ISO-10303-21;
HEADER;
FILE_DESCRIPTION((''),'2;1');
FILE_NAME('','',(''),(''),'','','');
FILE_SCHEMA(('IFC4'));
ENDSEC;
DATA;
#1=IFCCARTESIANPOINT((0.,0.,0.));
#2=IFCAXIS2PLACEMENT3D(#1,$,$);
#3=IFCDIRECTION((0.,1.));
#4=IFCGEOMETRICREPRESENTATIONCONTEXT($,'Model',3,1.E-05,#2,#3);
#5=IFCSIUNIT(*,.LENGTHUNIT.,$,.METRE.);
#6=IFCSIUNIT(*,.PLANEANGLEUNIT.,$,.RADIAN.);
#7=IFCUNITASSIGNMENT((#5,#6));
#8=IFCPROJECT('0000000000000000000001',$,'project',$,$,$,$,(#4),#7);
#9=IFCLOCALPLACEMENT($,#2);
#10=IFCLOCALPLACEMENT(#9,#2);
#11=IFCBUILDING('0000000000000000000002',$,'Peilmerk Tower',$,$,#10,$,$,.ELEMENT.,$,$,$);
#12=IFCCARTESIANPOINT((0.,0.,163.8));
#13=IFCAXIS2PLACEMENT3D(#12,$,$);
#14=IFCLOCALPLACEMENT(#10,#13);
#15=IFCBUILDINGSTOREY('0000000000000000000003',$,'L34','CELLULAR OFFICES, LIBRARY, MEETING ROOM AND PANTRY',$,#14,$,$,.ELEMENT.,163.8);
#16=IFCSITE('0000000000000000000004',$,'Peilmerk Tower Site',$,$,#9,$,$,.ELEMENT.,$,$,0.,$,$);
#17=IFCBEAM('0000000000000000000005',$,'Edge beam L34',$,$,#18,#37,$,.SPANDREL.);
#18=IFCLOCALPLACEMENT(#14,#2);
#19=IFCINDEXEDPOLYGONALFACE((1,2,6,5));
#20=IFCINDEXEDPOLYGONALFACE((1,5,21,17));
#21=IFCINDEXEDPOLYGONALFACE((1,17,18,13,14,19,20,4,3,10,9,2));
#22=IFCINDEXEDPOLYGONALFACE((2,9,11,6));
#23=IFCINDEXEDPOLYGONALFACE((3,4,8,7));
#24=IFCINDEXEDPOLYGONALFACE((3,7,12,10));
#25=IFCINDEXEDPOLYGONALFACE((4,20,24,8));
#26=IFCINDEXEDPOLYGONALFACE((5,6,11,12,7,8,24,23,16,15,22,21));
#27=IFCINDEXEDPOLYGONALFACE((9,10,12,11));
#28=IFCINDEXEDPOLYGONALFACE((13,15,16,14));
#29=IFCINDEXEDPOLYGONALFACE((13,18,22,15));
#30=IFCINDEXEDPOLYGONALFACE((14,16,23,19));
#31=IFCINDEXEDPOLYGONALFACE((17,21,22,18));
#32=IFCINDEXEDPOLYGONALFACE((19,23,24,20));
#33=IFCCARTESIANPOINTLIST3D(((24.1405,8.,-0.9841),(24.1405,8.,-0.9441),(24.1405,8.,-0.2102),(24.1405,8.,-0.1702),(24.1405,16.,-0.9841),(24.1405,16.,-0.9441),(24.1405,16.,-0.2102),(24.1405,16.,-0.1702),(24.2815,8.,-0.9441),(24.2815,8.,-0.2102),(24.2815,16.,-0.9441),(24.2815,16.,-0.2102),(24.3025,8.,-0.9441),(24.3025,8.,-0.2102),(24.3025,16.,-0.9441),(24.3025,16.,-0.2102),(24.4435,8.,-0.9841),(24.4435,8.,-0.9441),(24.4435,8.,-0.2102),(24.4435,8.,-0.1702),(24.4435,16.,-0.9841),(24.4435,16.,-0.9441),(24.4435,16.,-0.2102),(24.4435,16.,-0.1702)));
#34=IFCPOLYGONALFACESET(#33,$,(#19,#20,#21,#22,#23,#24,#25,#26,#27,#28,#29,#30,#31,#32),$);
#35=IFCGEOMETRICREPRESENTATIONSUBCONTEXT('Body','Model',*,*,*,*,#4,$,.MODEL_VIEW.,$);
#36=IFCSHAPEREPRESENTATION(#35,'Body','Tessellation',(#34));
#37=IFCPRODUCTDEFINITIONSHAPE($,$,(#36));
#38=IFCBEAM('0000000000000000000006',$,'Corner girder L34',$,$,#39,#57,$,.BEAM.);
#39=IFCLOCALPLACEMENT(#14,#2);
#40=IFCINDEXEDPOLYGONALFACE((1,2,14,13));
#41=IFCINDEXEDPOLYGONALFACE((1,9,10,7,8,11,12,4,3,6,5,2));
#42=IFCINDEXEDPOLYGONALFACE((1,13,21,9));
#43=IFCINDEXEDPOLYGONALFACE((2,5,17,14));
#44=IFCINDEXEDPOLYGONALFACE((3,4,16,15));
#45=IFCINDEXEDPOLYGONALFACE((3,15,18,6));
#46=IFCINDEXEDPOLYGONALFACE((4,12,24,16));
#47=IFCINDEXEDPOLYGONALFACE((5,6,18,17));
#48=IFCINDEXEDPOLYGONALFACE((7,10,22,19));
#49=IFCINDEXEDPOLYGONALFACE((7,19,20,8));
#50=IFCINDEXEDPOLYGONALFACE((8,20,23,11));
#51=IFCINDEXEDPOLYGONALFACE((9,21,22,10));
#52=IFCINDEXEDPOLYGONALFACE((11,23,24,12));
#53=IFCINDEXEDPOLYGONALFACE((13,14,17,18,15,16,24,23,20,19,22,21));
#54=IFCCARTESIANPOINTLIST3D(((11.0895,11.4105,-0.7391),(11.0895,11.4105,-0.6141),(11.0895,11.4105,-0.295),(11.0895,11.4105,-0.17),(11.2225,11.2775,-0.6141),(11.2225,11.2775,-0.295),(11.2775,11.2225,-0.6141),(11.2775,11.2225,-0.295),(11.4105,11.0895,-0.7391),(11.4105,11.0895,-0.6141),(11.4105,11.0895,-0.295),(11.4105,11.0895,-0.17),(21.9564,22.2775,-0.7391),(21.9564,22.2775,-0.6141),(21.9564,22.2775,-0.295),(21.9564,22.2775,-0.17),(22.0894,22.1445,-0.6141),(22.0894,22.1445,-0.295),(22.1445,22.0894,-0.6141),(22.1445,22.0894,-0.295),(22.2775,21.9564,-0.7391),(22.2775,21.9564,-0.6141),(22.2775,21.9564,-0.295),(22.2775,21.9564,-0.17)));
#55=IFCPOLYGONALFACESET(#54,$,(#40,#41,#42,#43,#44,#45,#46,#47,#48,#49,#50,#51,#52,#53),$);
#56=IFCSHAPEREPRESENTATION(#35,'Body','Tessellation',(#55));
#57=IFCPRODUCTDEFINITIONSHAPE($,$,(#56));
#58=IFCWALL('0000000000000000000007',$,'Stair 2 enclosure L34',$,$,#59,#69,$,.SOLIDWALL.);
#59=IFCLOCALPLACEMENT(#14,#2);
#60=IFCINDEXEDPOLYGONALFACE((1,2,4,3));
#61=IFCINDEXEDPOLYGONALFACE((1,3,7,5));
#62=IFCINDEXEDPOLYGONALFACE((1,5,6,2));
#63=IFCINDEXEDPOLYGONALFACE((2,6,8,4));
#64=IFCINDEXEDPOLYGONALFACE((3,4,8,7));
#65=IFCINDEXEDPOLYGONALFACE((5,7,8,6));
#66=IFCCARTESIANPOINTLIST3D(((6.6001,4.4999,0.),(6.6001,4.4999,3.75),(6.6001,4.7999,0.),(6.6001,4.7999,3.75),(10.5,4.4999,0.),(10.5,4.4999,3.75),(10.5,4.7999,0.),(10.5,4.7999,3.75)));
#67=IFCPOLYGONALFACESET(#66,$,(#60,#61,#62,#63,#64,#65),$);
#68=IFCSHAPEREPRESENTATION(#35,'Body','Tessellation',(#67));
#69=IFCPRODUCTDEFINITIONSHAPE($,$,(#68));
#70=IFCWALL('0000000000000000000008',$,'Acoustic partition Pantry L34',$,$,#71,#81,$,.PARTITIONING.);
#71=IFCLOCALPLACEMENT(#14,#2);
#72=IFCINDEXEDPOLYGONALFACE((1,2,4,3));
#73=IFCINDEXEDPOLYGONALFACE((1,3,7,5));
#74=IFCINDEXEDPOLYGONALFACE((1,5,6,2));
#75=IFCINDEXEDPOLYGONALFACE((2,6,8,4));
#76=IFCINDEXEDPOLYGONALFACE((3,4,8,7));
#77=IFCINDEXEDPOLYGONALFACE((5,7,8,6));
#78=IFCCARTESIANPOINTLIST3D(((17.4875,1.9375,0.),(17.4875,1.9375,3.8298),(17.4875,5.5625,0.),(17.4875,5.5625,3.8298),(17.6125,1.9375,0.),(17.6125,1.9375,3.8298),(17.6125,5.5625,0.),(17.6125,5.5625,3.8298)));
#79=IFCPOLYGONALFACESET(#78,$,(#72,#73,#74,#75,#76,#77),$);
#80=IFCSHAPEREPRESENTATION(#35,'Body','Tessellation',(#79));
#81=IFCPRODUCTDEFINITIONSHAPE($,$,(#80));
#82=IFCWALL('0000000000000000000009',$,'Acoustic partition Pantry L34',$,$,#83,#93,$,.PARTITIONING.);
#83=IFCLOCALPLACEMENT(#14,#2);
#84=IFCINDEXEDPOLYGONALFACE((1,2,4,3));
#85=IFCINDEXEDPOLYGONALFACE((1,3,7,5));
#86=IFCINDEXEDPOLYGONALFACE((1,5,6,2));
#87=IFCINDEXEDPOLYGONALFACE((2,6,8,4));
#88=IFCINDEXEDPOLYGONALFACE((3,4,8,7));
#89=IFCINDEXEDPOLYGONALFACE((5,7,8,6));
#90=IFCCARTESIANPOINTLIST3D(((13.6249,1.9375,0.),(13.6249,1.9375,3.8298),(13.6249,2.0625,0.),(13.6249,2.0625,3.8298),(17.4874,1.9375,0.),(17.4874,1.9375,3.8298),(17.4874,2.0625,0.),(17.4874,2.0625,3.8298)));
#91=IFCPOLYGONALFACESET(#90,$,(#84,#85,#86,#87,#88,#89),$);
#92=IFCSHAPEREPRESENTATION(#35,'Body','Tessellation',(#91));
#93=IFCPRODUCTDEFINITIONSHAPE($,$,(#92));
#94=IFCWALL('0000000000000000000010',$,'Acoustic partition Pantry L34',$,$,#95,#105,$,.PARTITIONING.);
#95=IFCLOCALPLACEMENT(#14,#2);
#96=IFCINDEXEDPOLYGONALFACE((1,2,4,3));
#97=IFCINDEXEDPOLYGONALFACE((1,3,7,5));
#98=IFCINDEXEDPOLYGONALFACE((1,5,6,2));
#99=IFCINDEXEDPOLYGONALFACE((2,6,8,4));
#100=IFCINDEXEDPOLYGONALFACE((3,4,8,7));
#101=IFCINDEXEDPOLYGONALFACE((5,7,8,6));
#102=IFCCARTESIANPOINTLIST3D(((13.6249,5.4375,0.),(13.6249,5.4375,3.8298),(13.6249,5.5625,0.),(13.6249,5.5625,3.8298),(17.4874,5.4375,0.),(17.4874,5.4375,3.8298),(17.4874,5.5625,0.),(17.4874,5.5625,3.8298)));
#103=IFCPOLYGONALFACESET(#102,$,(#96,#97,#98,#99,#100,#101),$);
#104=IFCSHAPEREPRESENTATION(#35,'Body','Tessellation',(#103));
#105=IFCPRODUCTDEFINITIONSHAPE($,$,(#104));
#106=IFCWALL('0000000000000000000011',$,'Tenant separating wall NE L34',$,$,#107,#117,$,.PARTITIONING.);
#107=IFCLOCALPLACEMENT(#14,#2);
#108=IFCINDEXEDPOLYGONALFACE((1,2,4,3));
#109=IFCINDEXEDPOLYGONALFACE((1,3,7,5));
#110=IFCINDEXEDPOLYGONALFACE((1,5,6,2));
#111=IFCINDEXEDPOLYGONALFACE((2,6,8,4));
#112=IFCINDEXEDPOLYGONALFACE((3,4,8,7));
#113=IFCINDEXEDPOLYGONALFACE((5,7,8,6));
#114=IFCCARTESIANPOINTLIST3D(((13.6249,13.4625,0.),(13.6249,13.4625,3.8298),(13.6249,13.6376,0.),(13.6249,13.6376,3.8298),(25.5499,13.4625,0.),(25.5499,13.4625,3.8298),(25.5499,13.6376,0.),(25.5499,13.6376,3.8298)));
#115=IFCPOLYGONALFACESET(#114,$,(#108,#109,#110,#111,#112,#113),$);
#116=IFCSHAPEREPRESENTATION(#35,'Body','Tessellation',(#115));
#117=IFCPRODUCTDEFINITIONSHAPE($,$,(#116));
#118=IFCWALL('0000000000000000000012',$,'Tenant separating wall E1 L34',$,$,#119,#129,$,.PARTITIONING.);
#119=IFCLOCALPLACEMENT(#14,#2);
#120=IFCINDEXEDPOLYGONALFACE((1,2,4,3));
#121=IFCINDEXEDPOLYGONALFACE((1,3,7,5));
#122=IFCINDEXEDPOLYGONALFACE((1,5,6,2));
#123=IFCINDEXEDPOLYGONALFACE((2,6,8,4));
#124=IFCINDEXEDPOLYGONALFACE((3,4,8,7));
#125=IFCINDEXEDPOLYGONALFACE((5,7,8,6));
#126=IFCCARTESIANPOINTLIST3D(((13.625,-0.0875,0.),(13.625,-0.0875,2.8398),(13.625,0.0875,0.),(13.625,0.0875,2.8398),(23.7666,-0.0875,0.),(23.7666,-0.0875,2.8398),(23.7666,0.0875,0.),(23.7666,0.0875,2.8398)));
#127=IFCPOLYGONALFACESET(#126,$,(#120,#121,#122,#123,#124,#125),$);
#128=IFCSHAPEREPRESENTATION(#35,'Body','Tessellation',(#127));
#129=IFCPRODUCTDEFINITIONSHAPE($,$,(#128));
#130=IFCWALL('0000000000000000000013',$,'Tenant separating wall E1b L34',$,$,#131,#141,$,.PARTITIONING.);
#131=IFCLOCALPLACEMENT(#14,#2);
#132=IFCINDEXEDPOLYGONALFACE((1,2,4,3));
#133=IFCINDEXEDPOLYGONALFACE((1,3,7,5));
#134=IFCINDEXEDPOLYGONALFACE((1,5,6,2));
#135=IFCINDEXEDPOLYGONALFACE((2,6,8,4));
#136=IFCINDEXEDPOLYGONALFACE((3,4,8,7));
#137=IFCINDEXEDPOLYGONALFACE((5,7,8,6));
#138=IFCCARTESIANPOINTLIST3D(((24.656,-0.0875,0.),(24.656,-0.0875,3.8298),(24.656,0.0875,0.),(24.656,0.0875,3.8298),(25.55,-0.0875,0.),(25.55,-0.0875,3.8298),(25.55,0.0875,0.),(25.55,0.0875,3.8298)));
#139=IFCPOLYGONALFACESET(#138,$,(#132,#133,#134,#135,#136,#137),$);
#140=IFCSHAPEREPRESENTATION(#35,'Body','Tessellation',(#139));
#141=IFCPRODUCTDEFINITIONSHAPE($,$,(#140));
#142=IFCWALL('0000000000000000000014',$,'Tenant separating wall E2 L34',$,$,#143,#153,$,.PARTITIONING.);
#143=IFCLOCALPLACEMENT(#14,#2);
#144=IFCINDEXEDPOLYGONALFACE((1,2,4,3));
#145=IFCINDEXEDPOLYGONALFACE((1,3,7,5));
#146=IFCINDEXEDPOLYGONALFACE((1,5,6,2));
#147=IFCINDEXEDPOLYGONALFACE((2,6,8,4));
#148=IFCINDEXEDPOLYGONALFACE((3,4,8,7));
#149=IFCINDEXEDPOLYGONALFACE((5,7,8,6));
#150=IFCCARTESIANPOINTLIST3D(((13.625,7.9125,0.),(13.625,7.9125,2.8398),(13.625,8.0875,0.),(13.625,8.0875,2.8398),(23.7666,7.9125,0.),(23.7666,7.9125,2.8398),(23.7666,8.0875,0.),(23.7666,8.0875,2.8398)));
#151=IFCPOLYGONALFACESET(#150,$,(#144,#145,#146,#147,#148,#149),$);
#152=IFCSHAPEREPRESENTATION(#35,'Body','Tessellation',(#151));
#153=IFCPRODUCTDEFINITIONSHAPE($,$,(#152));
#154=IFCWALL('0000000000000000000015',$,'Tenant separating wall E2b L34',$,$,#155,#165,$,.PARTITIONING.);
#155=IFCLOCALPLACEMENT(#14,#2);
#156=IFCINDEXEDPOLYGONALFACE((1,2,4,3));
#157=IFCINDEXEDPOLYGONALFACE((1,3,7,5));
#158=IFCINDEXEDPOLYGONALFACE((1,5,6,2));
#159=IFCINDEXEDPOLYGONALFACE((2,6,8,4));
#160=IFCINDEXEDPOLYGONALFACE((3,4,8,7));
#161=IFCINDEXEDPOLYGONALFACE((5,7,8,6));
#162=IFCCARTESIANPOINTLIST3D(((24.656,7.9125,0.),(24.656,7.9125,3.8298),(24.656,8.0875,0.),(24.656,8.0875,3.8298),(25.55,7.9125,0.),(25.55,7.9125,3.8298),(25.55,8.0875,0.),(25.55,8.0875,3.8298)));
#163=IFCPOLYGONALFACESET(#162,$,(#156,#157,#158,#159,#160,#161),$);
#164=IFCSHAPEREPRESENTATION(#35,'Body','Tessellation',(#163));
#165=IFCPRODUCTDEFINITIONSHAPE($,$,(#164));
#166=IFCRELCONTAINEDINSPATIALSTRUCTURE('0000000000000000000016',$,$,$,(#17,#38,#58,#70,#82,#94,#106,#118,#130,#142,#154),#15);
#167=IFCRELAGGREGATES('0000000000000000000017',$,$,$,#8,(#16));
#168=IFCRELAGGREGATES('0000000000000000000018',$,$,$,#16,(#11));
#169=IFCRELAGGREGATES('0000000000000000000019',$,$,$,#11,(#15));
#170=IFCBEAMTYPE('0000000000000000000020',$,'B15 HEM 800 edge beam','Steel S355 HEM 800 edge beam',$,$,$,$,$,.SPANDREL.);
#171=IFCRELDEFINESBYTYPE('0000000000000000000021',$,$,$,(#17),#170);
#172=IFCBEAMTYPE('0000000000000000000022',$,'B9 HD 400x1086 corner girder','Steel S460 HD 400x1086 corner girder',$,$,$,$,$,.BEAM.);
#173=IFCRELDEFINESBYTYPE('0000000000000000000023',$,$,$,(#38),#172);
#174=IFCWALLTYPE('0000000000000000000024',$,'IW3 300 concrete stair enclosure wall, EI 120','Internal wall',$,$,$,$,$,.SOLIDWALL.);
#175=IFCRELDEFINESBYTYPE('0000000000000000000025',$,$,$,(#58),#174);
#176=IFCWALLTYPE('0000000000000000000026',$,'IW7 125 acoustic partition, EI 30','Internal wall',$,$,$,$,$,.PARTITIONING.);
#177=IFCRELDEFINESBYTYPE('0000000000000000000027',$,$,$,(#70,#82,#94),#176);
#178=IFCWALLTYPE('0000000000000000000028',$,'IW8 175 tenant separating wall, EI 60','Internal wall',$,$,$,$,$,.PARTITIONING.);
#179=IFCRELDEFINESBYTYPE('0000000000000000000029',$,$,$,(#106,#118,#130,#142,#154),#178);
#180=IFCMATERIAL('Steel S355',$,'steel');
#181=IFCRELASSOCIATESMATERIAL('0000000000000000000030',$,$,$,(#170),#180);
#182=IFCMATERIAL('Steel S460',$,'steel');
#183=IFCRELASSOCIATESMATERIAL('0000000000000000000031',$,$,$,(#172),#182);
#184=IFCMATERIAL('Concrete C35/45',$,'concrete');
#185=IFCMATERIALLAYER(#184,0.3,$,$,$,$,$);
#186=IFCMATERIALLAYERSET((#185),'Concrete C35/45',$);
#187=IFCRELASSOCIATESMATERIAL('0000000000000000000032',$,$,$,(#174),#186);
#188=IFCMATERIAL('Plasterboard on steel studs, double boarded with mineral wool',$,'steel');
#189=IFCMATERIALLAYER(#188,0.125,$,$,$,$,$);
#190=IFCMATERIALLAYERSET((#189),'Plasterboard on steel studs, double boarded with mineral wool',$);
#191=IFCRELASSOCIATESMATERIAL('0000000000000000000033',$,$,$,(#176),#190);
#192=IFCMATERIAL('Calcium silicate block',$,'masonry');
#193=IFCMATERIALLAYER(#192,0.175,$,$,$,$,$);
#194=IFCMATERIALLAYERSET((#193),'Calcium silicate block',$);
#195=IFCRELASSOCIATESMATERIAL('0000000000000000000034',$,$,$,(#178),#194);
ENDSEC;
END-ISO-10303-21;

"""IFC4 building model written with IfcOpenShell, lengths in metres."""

from ifc_helpers import new_model, si_unit, direction, frame, frame_2d, origin, origin_2d, place, context, subcontext, project, spatial, rectangle, i_section, extrude, material, layer, layer_set, material_profile, profile_set, type_object, element, save


model = new_model("IFC4")

# Units and contexts
model_context = context("Model", 3, precision=1e-05, world=origin(), true_north=direction((0.0, 1.0)))
body_context = subcontext(model_context, "Body", "Model", "MODEL_VIEW")
ifc_project = project(units=[si_unit("LENGTHUNIT", "METRE"), si_unit("PLANEANGLEUNIT", "RADIAN")], contexts=[model_context])

# Site, building, storey
site_placement = place(None, origin())
site = spatial("IfcSite", under=ifc_project, at=site_placement, Name="Peilmerk Tower Site", CompositionType="ELEMENT", RefElevation=0.0)
building_placement = place(site_placement, origin())
building = spatial("IfcBuilding", under=site, at=building_placement, Name="Peilmerk Tower", CompositionType="ELEMENT")
storey_placement = place(building_placement, frame((0.0, 0.0, 163.8)))
storey = spatial("IfcBuildingStorey", under=building, at=storey_placement, Name="L34", Description="CELLULAR OFFICES, LIBRARY, MEETING ROOM AND PANTRY", CompositionType="ELEMENT", Elevation=163.8)

# Shared definitions
ifc_material_1 = material(Name="Steel S460", Category="steel")

# Beams
ifc_material_2 = material(Name="Steel S355", Category="steel")
ifc_material_profile_1 = material_profile(ifc_material_2, i_section(OverallWidth=0.303, OverallDepth=0.814, WebThickness=0.021, FlangeThickness=0.04, at=origin_2d()), Name="HEM 800")
ifc_profile_set_1 = profile_set([ifc_material_profile_1], Name="Steel S355")
beam_type_1 = type_object("IfcBeamType", Name="B15 HEM 800 edge beam", Description="Steel S355 HEM 800 edge beam", PredefinedType="SPANDREL", material=ifc_profile_set_1)
for number, where, z_axis, x_axis, name in (
    (1, (24.292, 8.0, -0.5771), (0.0, 1.0, 0.0), (-1.0, 0.0, 0.0), "Edge beam L34"),
):
    element("IfcBeam", number, at=place(storey_placement, frame(where, z_axis=z_axis, x_axis=x_axis)), inside=storey, type_object=beam_type_1, Name=name, PredefinedType="SPANDREL", context=body_context, shape_type="SweptSolid", body=[
        extrude(i_section(OverallWidth=0.303, OverallDepth=0.814, WebThickness=0.021, FlangeThickness=0.04, at=origin_2d()), origin(), (0.0, 0.0, 1.0), 8.0),
    ])
ifc_material_profile_2 = material_profile(ifc_material_1, i_section(OverallWidth=0.4541, OverallDepth=0.5691, WebThickness=0.0779, FlangeThickness=0.125, at=origin_2d()), Name="HD 400x1086")
ifc_profile_set_2 = profile_set([ifc_material_profile_2], Name="Steel S460")
beam_type_2 = type_object("IfcBeamType", Name="B9 HD 400x1086 corner girder", Description="Steel S460 HD 400x1086 corner girder", PredefinedType="BEAM", material=ifc_profile_set_2)
beam_placement = place(storey_placement, frame((11.25, 11.25, -0.4546), z_axis=(0.707107, 0.707107, 0.0), x_axis=(-0.707107, 0.707107, 0.0)))
element("IfcBeam", 2, at=beam_placement, inside=storey, type_object=beam_type_2, Name="Corner girder L34", PredefinedType="BEAM", context=body_context, shape_type="SweptSolid", body=[
    extrude(i_section(OverallWidth=0.4541, OverallDepth=0.5691, WebThickness=0.0779, FlangeThickness=0.125, at=origin_2d()), origin(), (0.0, 0.0, 1.0), 15.3682),
])

# Walls
ifc_material_3 = material(Name="Concrete C35/45", Category="concrete")
ifc_layer_1 = layer(ifc_material_3, 0.3)
ifc_layer_set_1 = layer_set([ifc_layer_1], Name="Concrete C35/45")
wall_type_1 = type_object("IfcWallType", Name="IW3 300 concrete stair enclosure wall, EI 120", Description="Internal wall", PredefinedType="SOLIDWALL", material=ifc_layer_set_1)
wall_1_placement = place(storey_placement, frame((6.6001, 4.6499, 0.0), z_axis=(0.0, 0.0, 1.0), x_axis=(1.0, 0.0, 0.0)))
element("IfcWall", 3, at=wall_1_placement, inside=storey, type_object=wall_type_1, Name="Stair 2 enclosure L34", PredefinedType="SOLIDWALL", context=body_context, shape_type="SweptSolid", body=[
    extrude(rectangle(XDim=3.8999, YDim=0.3, at=frame_2d((1.95, 0.0))), origin(), (0.0, 0.0, 1.0), 3.75),
])
ifc_material_4 = material(Name="Plasterboard on steel studs, double boarded with mineral wool", Category="steel")
ifc_layer_2 = layer(ifc_material_4, 0.125)
ifc_layer_set_2 = layer_set([ifc_layer_2], Name="Plasterboard on steel studs, double boarded with mineral wool")
wall_type_2 = type_object("IfcWallType", Name="IW7 125 acoustic partition, EI 30", Description="Internal wall", PredefinedType="PARTITIONING", material=ifc_layer_set_2)
wall_2_placement = place(storey_placement, frame((17.55, 1.9375, 0.0), z_axis=(0.0, 0.0, 1.0), x_axis=(0.0, 1.0, 0.0)))
element("IfcWall", 4, at=wall_2_placement, inside=storey, type_object=wall_type_2, Name="Acoustic partition Pantry L34", PredefinedType="PARTITIONING", context=body_context, shape_type="SweptSolid", body=[
    extrude(rectangle(XDim=3.625, YDim=0.125, at=frame_2d((1.8125, 0.0))), origin(), (0.0, 0.0, 1.0), 3.8298),
])
for number, where, z_axis, x_axis, name in (
    (5, (13.625, 2.0, 0.0), (0.0, 0.0, 1.0), (1.0, 0.0, 0.0), "Acoustic partition Pantry L34"),
    (6, (13.625, 5.5, 0.0), (0.0, 0.0, 1.0), (1.0, 0.0, 0.0), "Acoustic partition Pantry L34"),
):
    element("IfcWall", number, at=place(storey_placement, frame(where, z_axis=z_axis, x_axis=x_axis)), inside=storey, type_object=wall_type_2, Name=name, PredefinedType="PARTITIONING", context=body_context, shape_type="SweptSolid", body=[
        extrude(rectangle(XDim=3.8625, YDim=0.125, at=frame_2d((1.9312, 0.0))), origin(), (0.0, 0.0, 1.0), 3.8298),
    ])
ifc_material_5 = material(Name="Calcium silicate block", Category="masonry")
ifc_layer_3 = layer(ifc_material_5, 0.175)
ifc_layer_set_3 = layer_set([ifc_layer_3], Name="Calcium silicate block")
wall_type_3 = type_object("IfcWallType", Name="IW8 175 tenant separating wall, EI 60", Description="Internal wall", PredefinedType="PARTITIONING", material=ifc_layer_set_3)
wall_3_placement = place(storey_placement, frame((13.625, 13.55, 0.0), z_axis=(0.0, 0.0, 1.0), x_axis=(1.0, 0.0, 0.0)))
element("IfcWall", 7, at=wall_3_placement, inside=storey, type_object=wall_type_3, Name="Tenant separating wall NE L34", PredefinedType="PARTITIONING", context=body_context, shape_type="SweptSolid", body=[
    extrude(rectangle(XDim=11.925, YDim=0.175, at=frame_2d((5.9624, 0.0))), origin(), (0.0, 0.0, 1.0), 3.8298),
])
wall_4_placement = place(storey_placement, frame((13.625, 0.0, 0.0), z_axis=(0.0, 0.0, 1.0), x_axis=(1.0, 0.0, 0.0)))
element("IfcWall", 8, at=wall_4_placement, inside=storey, type_object=wall_type_3, Name="Tenant separating wall E1 L34", PredefinedType="PARTITIONING", context=body_context, shape_type="SweptSolid", body=[
    extrude(rectangle(XDim=10.1416, YDim=0.175, at=frame_2d((5.0708, 0.0))), origin(), (0.0, 0.0, 1.0), 2.8398),
])
wall_5_placement = place(storey_placement, frame((24.656, 0.0, 0.0), z_axis=(0.0, 0.0, 1.0), x_axis=(1.0, 0.0, 0.0)))
element("IfcWall", 9, at=wall_5_placement, inside=storey, type_object=wall_type_3, Name="Tenant separating wall E1b L34", PredefinedType="PARTITIONING", context=body_context, shape_type="SweptSolid", body=[
    extrude(rectangle(XDim=0.894, YDim=0.175, at=frame_2d((0.447, 0.0))), origin(), (0.0, 0.0, 1.0), 3.8298),
])
wall_6_placement = place(storey_placement, frame((13.625, 8.0, 0.0), z_axis=(0.0, 0.0, 1.0), x_axis=(1.0, 0.0, 0.0)))
element("IfcWall", 10, at=wall_6_placement, inside=storey, type_object=wall_type_3, Name="Tenant separating wall E2 L34", PredefinedType="PARTITIONING", context=body_context, shape_type="SweptSolid", body=[
    extrude(rectangle(XDim=10.1416, YDim=0.175, at=frame_2d((5.0708, 0.0))), origin(), (0.0, 0.0, 1.0), 2.8398),
])
wall_7_placement = place(storey_placement, frame((24.656, 8.0, 0.0), z_axis=(0.0, 0.0, 1.0), x_axis=(1.0, 0.0, 0.0)))
element("IfcWall", 11, at=wall_7_placement, inside=storey, type_object=wall_type_3, Name="Tenant separating wall E2b L34", PredefinedType="PARTITIONING", context=body_context, shape_type="SweptSolid", body=[
    extrude(rectangle(XDim=0.894, YDim=0.175, at=frame_2d((0.447, 0.0))), origin(), (0.0, 0.0, 1.0), 3.8298),
])

save(model, "model.ifc")
